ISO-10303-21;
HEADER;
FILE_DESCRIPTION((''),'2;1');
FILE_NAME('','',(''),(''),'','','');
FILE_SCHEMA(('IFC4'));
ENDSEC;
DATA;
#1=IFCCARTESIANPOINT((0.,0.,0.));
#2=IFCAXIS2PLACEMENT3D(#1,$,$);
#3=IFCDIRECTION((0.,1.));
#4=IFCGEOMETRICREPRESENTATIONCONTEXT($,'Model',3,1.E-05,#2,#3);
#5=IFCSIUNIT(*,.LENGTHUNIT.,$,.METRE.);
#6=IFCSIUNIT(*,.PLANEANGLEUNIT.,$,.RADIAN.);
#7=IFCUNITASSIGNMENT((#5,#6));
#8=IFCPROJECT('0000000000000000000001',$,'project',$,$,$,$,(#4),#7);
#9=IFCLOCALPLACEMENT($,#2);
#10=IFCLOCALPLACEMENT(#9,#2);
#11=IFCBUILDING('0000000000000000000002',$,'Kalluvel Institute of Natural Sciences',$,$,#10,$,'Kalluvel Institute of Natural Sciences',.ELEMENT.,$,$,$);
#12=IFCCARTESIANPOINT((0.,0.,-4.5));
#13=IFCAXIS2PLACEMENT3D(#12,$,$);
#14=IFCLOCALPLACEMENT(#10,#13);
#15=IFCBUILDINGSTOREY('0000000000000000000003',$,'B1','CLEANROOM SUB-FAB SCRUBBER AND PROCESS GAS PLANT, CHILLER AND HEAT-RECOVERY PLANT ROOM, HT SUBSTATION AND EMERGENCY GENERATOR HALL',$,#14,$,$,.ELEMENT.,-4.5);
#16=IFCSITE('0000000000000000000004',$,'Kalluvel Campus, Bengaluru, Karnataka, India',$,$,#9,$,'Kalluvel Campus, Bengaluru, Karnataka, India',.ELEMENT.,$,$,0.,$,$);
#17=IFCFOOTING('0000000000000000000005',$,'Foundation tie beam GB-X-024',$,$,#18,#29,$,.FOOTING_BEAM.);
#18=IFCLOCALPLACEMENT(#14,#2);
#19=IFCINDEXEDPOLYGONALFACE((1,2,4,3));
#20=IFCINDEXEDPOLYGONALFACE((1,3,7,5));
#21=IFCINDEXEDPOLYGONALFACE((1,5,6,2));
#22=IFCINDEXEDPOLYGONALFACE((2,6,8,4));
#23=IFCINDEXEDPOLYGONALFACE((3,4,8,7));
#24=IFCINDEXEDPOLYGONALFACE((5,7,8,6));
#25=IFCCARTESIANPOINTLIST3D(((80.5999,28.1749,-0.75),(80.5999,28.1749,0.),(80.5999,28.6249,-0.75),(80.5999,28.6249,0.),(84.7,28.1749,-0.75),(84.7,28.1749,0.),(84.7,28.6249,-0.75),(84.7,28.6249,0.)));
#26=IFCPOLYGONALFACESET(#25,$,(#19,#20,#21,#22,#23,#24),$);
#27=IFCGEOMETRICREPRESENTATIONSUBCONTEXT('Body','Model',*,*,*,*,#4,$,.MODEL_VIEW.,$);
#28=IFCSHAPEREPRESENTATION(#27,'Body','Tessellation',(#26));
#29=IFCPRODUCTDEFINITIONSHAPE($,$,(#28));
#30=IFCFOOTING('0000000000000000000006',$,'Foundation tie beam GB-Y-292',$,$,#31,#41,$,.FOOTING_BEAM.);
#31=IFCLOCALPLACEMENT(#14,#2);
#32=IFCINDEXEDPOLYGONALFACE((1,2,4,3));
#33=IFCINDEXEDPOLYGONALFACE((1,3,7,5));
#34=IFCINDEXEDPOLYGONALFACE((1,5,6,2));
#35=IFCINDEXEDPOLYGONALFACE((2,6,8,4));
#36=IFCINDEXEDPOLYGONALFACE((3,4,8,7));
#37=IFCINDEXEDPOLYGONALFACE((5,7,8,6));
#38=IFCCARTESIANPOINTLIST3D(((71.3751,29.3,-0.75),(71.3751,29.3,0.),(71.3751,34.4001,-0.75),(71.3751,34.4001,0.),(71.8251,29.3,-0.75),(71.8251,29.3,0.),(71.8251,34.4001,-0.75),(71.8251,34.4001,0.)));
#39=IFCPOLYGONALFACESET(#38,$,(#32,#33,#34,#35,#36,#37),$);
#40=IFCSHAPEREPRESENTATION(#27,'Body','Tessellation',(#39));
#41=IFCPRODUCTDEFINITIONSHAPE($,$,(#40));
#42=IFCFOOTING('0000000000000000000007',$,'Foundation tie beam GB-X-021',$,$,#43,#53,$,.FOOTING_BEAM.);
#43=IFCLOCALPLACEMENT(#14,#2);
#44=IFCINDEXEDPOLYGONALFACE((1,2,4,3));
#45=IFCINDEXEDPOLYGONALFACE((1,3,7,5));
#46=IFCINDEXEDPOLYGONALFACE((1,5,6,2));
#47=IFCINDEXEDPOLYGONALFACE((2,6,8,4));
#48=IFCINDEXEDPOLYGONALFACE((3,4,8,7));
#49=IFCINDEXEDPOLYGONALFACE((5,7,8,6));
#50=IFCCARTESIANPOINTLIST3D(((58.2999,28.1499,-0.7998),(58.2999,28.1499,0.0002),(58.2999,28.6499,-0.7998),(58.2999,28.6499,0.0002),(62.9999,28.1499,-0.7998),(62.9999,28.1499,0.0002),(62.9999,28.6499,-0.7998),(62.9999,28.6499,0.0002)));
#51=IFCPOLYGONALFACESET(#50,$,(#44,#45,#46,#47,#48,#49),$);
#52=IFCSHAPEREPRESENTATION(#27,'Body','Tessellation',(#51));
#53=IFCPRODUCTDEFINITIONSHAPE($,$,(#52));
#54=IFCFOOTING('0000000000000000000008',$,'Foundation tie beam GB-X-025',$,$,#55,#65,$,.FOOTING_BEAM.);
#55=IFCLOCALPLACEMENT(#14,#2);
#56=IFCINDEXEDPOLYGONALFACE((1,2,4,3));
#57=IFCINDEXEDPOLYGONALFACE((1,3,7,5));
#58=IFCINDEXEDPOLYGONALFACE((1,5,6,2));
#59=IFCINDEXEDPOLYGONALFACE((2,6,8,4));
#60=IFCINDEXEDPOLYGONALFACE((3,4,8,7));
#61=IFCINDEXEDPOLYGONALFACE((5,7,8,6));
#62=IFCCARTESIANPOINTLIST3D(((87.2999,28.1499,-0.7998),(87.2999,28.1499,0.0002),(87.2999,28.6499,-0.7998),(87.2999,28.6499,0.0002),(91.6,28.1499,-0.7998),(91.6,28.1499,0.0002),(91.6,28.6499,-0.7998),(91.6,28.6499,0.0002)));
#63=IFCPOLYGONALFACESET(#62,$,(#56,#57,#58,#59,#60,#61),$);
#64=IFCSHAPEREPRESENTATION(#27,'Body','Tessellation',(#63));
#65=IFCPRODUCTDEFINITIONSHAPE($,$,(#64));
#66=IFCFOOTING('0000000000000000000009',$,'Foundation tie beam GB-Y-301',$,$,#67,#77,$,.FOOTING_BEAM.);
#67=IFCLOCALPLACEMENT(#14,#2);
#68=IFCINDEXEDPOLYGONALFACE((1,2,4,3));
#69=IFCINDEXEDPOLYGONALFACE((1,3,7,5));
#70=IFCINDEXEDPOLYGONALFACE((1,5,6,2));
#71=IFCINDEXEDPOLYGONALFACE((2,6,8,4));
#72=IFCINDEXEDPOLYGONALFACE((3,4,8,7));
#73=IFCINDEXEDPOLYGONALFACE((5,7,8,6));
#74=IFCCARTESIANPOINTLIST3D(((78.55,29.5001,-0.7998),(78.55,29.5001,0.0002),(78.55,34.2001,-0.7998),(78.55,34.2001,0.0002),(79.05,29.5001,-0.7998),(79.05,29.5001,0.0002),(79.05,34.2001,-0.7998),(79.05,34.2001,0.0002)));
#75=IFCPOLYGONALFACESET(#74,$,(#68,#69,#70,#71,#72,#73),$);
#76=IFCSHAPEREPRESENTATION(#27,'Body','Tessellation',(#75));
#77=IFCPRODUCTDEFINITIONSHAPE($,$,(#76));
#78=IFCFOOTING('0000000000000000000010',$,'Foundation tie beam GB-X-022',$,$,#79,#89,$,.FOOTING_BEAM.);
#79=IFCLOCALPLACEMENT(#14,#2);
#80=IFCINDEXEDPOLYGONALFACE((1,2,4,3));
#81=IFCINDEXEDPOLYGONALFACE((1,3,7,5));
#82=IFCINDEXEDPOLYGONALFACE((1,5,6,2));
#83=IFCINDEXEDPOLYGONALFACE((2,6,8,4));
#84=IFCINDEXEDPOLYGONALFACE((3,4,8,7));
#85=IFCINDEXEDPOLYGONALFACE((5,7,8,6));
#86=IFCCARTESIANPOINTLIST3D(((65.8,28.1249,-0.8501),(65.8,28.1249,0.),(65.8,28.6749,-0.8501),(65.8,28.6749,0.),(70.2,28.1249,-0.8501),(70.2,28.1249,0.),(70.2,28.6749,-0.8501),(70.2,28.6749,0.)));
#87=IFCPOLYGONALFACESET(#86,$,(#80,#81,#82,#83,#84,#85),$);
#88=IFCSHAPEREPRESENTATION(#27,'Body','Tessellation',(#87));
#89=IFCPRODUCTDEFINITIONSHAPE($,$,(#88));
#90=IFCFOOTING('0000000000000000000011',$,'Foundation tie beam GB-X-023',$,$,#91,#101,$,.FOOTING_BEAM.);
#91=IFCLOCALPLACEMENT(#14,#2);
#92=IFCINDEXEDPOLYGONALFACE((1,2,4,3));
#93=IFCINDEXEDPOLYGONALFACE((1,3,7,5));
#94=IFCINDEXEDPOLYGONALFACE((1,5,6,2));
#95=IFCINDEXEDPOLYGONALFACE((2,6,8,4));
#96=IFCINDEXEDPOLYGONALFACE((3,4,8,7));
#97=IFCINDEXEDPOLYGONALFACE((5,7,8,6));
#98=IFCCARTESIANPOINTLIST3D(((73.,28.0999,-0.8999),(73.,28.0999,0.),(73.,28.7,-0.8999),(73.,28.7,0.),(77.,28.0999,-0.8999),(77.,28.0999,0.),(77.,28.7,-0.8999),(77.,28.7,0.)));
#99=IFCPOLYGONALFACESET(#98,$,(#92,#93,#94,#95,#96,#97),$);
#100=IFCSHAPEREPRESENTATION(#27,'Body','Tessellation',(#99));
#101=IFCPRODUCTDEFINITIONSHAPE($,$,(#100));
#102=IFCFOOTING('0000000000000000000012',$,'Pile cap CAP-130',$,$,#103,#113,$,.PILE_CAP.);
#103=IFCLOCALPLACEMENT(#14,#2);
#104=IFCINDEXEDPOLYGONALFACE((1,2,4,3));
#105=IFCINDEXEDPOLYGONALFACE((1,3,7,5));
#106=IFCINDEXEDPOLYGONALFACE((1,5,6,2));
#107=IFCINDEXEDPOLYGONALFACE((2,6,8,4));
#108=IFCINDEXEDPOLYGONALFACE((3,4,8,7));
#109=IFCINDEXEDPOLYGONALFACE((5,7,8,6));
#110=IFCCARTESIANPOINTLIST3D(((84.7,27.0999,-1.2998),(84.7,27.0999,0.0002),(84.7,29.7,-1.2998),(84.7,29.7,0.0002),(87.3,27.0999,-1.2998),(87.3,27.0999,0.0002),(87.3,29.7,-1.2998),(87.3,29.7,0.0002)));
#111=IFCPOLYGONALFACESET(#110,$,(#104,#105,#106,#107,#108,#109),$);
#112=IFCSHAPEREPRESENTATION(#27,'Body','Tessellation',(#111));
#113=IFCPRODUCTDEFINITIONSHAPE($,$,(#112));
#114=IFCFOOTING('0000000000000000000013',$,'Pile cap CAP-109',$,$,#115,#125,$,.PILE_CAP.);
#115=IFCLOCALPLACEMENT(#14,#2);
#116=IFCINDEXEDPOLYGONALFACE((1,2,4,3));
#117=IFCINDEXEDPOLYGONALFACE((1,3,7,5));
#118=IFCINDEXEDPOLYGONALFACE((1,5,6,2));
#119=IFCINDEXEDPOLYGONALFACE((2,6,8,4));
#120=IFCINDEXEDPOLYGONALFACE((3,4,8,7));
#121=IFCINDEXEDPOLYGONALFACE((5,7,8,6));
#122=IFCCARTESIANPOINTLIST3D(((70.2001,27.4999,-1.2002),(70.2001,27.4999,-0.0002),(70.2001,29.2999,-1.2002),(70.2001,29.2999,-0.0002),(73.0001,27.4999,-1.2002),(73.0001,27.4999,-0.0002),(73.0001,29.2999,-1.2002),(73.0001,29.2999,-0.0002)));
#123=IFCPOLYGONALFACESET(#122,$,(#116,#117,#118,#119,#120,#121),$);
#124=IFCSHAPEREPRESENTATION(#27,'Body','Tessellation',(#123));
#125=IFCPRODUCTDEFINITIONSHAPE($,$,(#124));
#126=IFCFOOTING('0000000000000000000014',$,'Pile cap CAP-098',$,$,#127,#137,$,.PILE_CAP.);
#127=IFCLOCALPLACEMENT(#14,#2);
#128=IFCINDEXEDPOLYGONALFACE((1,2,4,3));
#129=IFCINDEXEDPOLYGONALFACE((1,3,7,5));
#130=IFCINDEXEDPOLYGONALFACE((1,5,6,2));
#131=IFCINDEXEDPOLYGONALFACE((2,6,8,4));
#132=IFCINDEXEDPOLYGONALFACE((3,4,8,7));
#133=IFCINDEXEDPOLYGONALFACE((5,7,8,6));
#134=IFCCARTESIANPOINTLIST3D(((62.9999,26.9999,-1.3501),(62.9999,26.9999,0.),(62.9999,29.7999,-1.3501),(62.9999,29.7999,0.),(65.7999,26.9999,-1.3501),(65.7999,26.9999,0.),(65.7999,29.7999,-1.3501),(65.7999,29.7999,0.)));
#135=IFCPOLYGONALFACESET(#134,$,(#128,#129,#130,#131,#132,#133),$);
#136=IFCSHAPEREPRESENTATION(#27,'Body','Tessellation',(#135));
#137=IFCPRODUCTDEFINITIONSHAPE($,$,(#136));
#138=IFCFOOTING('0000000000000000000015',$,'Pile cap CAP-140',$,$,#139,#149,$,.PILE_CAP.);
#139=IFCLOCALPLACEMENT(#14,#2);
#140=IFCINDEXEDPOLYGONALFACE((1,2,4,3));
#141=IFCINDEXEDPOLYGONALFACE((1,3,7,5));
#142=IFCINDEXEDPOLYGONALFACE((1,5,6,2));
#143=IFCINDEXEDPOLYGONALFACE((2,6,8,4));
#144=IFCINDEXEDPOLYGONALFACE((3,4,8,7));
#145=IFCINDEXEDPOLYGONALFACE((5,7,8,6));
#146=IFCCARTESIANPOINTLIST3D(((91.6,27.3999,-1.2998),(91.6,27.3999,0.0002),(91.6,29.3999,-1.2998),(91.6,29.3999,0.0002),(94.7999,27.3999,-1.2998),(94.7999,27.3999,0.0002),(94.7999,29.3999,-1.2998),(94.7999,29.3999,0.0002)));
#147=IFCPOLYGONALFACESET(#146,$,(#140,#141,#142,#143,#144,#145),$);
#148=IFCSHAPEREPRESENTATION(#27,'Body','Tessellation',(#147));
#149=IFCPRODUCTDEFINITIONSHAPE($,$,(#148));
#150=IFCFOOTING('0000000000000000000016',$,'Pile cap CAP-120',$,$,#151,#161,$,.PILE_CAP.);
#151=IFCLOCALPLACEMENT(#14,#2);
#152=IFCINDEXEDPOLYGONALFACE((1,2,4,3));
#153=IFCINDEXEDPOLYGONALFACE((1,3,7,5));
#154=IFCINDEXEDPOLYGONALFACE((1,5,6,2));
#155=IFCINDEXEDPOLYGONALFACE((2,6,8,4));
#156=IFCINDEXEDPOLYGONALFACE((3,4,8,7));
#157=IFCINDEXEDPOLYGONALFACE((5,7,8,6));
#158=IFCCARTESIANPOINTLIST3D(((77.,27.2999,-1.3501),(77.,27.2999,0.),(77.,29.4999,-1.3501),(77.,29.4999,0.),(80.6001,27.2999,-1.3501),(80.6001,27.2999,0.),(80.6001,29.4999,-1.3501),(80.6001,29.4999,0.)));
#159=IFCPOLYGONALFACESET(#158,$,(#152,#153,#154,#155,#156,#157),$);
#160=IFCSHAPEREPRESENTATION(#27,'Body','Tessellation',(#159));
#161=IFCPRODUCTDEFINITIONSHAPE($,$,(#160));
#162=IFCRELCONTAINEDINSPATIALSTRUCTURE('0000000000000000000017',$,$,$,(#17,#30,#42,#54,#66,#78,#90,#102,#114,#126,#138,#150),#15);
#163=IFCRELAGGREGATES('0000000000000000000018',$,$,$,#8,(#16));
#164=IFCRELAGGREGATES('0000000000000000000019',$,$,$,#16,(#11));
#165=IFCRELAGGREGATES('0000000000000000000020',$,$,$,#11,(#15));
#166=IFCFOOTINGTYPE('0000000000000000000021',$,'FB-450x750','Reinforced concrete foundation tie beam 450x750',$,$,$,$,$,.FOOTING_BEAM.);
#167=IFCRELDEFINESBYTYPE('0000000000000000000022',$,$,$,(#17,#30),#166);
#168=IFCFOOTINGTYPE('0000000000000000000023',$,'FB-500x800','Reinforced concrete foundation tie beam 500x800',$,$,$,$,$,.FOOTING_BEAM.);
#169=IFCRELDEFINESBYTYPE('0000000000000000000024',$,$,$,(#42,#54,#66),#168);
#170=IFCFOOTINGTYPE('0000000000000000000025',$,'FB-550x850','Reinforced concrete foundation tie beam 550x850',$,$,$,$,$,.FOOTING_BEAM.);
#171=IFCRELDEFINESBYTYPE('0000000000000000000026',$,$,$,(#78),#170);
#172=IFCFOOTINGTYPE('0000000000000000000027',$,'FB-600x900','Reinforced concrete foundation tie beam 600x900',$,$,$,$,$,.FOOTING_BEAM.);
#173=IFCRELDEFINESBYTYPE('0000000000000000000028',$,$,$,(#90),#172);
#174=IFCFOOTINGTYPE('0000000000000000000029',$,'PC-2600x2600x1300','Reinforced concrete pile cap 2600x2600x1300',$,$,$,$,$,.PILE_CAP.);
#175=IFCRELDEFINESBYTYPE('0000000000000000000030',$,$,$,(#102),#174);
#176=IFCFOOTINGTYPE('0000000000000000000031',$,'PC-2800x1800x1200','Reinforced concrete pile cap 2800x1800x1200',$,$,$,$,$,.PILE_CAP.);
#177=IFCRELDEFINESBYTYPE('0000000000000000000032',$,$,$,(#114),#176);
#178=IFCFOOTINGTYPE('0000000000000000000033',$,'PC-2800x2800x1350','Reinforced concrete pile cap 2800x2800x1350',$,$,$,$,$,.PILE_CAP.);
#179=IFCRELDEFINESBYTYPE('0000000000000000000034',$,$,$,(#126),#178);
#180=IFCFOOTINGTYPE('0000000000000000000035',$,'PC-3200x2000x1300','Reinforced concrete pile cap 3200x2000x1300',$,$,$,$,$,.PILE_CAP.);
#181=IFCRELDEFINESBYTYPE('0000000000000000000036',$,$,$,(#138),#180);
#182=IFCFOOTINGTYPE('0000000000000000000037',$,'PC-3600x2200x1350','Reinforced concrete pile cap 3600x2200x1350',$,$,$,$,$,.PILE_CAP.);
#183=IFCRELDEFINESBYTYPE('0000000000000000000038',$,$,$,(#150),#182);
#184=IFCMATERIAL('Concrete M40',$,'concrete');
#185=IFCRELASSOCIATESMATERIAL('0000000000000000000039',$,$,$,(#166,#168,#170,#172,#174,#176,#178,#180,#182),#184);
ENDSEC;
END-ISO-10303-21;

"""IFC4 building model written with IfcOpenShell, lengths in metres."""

from ifc_helpers import new_model, si_unit, direction, frame, origin, origin_2d, place, context, subcontext, project, spatial, rectangle, extrude, material, type_object, element, save


model = new_model("IFC4")

# Units and contexts
model_context = context("Model", 3, precision=1e-05, world=origin(), true_north=direction((0.0, 1.0)))
body_context = subcontext(model_context, "Body", "Model", "MODEL_VIEW")
ifc_project = project(units=[si_unit("LENGTHUNIT", "METRE"), si_unit("PLANEANGLEUNIT", "RADIAN")], contexts=[model_context])

# Site, building, storey
site_placement = place(None, origin())
site = spatial("IfcSite", under=ifc_project, at=site_placement, Name="Kalluvel Campus, Bengaluru, Karnataka, India", LongName="Kalluvel Campus, Bengaluru, Karnataka, India", CompositionType="ELEMENT", RefElevation=0.0)
building_placement = place(site_placement, origin())
building = spatial("IfcBuilding", under=site, at=building_placement, Name="Kalluvel Institute of Natural Sciences", LongName="Kalluvel Institute of Natural Sciences", CompositionType="ELEMENT")
storey_placement = place(building_placement, frame((0.0, 0.0, -4.5)))
storey = spatial("IfcBuildingStorey", under=building, at=storey_placement, Name="B1", Description="CLEANROOM SUB-FAB SCRUBBER AND PROCESS GAS PLANT, CHILLER AND HEAT-RECOVERY PLANT ROOM, HT SUBSTATION AND EMERGENCY GENERATOR HALL", CompositionType="ELEMENT", Elevation=-4.5)

# Footings
ifc_material_1 = material(Name="Concrete M40", Category="concrete")
footing_type_1 = type_object("IfcFootingType", Name="FB-450x750", Description="Reinforced concrete foundation tie beam 450x750", PredefinedType="FOOTING_BEAM", material=ifc_material_1)
footing_1_placement = place(storey_placement, frame((82.6499, 28.3999, -0.75), z_axis=(0.0, 0.0, 1.0), x_axis=(1.0, 0.0, 0.0)))
element("IfcFooting", 1, at=footing_1_placement, inside=storey, type_object=footing_type_1, Name="Foundation tie beam GB-X-024", PredefinedType="FOOTING_BEAM", context=body_context, shape_type="SweptSolid", body=[
    extrude(rectangle(XDim=4.1001, YDim=0.45, at=origin_2d()), origin(), (0.0, 0.0, 1.0), 0.75),
])
footing_2_placement = place(storey_placement, frame((71.6001, 31.8501, -0.75), z_axis=(0.0, 0.0, 1.0), x_axis=(1.0, 0.0, 0.0)))
element("IfcFooting", 2, at=footing_2_placement, inside=storey, type_object=footing_type_1, Name="Foundation tie beam GB-Y-292", PredefinedType="FOOTING_BEAM", context=body_context, shape_type="SweptSolid", body=[
    extrude(rectangle(XDim=0.45, YDim=5.1001, at=origin_2d()), origin(), (0.0, 0.0, 1.0), 0.75),
])
footing_type_2 = type_object("IfcFootingType", Name="FB-500x800", Description="Reinforced concrete foundation tie beam 500x800", PredefinedType="FOOTING_BEAM", material=ifc_material_1)
footing_3_placement = place(storey_placement, frame((60.6499, 28.3999, -0.7998), z_axis=(0.0, 0.0, 1.0), x_axis=(1.0, 0.0, 0.0)))
element("IfcFooting", 3, at=footing_3_placement, inside=storey, type_object=footing_type_2, Name="Foundation tie beam GB-X-021", PredefinedType="FOOTING_BEAM", context=body_context, shape_type="SweptSolid", body=[
    extrude(rectangle(XDim=4.7, YDim=0.5, at=origin_2d()), origin(), (0.0, 0.0, 1.0), 0.8),
])
footing_4_placement = place(storey_placement, frame((89.45, 28.3999, -0.7998), z_axis=(0.0, 0.0, 1.0), x_axis=(1.0, 0.0, 0.0)))
element("IfcFooting", 4, at=footing_4_placement, inside=storey, type_object=footing_type_2, Name="Foundation tie beam GB-X-025", PredefinedType="FOOTING_BEAM", context=body_context, shape_type="SweptSolid", body=[
    extrude(rectangle(XDim=4.3, YDim=0.5, at=origin_2d()), origin(), (0.0, 0.0, 1.0), 0.8),
])
footing_5_placement = place(storey_placement, frame((78.8, 31.8501, -0.7998), z_axis=(0.0, 0.0, 1.0), x_axis=(1.0, 0.0, 0.0)))
element("IfcFooting", 5, at=footing_5_placement, inside=storey, type_object=footing_type_2, Name="Foundation tie beam GB-Y-301", PredefinedType="FOOTING_BEAM", context=body_context, shape_type="SweptSolid", body=[
    extrude(rectangle(XDim=0.5, YDim=4.7, at=origin_2d()), origin(), (0.0, 0.0, 1.0), 0.8),
])
footing_type_3 = type_object("IfcFootingType", Name="FB-550x850", Description="Reinforced concrete foundation tie beam 550x850", PredefinedType="FOOTING_BEAM", material=ifc_material_1)
footing_6_placement = place(storey_placement, frame((68.0, 28.3999, -0.8501), z_axis=(0.0, 0.0, 1.0), x_axis=(1.0, 0.0, 0.0)))
element("IfcFooting", 6, at=footing_6_placement, inside=storey, type_object=footing_type_3, Name="Foundation tie beam GB-X-022", PredefinedType="FOOTING_BEAM", context=body_context, shape_type="SweptSolid", body=[
    extrude(rectangle(XDim=4.3999, YDim=0.55, at=origin_2d()), origin(), (0.0, 0.0, 1.0), 0.8501),
])
footing_type_4 = type_object("IfcFootingType", Name="FB-600x900", Description="Reinforced concrete foundation tie beam 600x900", PredefinedType="FOOTING_BEAM", material=ifc_material_1)
footing_7_placement = place(storey_placement, frame((75.0, 28.3999, -0.8999), z_axis=(0.0, 0.0, 1.0), x_axis=(1.0, 0.0, 0.0)))
element("IfcFooting", 7, at=footing_7_placement, inside=storey, type_object=footing_type_4, Name="Foundation tie beam GB-X-023", PredefinedType="FOOTING_BEAM", context=body_context, shape_type="SweptSolid", body=[
    extrude(rectangle(XDim=4.0, YDim=0.6001, at=origin_2d()), origin(), (0.0, 0.0, 1.0), 0.8999),
])
footing_type_5 = type_object("IfcFootingType", Name="PC-2600x2600x1300", Description="Reinforced concrete pile cap 2600x2600x1300", PredefinedType="PILE_CAP", material=ifc_material_1)
footing_8_placement = place(storey_placement, frame((86.0, 28.3999, -1.2998), z_axis=(0.0, 0.0, 1.0), x_axis=(1.0, 0.0, 0.0)))
element("IfcFooting", 8, at=footing_8_placement, inside=storey, type_object=footing_type_5, Name="Pile cap CAP-130", PredefinedType="PILE_CAP", context=body_context, shape_type="SweptSolid", body=[
    extrude(rectangle(XDim=2.6001, YDim=2.6001, at=origin_2d()), origin(), (0.0, 0.0, 1.0), 1.3),
])
footing_type_6 = type_object("IfcFootingType", Name="PC-2800x1800x1200", Description="Reinforced concrete pile cap 2800x1800x1200", PredefinedType="PILE_CAP", material=ifc_material_1)
footing_9_placement = place(storey_placement, frame((71.6001, 28.3999, -1.2002), z_axis=(0.0, 0.0, 1.0), x_axis=(1.0, 0.0, 0.0)))
element("IfcFooting", 9, at=footing_9_placement, inside=storey, type_object=footing_type_6, Name="Pile cap CAP-109", PredefinedType="PILE_CAP", context=body_context, shape_type="SweptSolid", body=[
    extrude(rectangle(XDim=2.8, YDim=1.8, at=origin_2d()), origin(), (0.0, 0.0, 1.0), 1.2),
])
footing_type_7 = type_object("IfcFootingType", Name="PC-2800x2800x1350", Description="Reinforced concrete pile cap 2800x2800x1350", PredefinedType="PILE_CAP", material=ifc_material_1)
footing_10_placement = place(storey_placement, frame((64.3999, 28.3999, -1.3501), z_axis=(0.0, 0.0, 1.0), x_axis=(1.0, 0.0, 0.0)))
element("IfcFooting", 10, at=footing_10_placement, inside=storey, type_object=footing_type_7, Name="Pile cap CAP-098", PredefinedType="PILE_CAP", context=body_context, shape_type="SweptSolid", body=[
    extrude(rectangle(XDim=2.8, YDim=2.8, at=origin_2d()), origin(), (0.0, 0.0, 1.0), 1.3501),
])
footing_type_8 = type_object("IfcFootingType", Name="PC-3200x2000x1300", Description="Reinforced concrete pile cap 3200x2000x1300", PredefinedType="PILE_CAP", material=ifc_material_1)
footing_11_placement = place(storey_placement, frame((93.2, 28.3999, -1.2998), z_axis=(0.0, 0.0, 1.0), x_axis=(1.0, 0.0, 0.0)))
element("IfcFooting", 11, at=footing_11_placement, inside=storey, type_object=footing_type_8, Name="Pile cap CAP-140", PredefinedType="PILE_CAP", context=body_context, shape_type="SweptSolid", body=[
    extrude(rectangle(XDim=3.2, YDim=2.0, at=origin_2d()), origin(), (0.0, 0.0, 1.0), 1.3),
])
footing_type_9 = type_object("IfcFootingType", Name="PC-3600x2200x1350", Description="Reinforced concrete pile cap 3600x2200x1350", PredefinedType="PILE_CAP", material=ifc_material_1)
footing_12_placement = place(storey_placement, frame((78.8, 28.3999, -1.3501), z_axis=(0.0, 0.0, 1.0), x_axis=(1.0, 0.0, 0.0)))
element("IfcFooting", 12, at=footing_12_placement, inside=storey, type_object=footing_type_9, Name="Pile cap CAP-120", PredefinedType="PILE_CAP", context=body_context, shape_type="SweptSolid", body=[
    extrude(rectangle(XDim=3.6001, YDim=2.2, at=origin_2d()), origin(), (0.0, 0.0, 1.0), 1.3501),
])

save(model, "model.ifc")
